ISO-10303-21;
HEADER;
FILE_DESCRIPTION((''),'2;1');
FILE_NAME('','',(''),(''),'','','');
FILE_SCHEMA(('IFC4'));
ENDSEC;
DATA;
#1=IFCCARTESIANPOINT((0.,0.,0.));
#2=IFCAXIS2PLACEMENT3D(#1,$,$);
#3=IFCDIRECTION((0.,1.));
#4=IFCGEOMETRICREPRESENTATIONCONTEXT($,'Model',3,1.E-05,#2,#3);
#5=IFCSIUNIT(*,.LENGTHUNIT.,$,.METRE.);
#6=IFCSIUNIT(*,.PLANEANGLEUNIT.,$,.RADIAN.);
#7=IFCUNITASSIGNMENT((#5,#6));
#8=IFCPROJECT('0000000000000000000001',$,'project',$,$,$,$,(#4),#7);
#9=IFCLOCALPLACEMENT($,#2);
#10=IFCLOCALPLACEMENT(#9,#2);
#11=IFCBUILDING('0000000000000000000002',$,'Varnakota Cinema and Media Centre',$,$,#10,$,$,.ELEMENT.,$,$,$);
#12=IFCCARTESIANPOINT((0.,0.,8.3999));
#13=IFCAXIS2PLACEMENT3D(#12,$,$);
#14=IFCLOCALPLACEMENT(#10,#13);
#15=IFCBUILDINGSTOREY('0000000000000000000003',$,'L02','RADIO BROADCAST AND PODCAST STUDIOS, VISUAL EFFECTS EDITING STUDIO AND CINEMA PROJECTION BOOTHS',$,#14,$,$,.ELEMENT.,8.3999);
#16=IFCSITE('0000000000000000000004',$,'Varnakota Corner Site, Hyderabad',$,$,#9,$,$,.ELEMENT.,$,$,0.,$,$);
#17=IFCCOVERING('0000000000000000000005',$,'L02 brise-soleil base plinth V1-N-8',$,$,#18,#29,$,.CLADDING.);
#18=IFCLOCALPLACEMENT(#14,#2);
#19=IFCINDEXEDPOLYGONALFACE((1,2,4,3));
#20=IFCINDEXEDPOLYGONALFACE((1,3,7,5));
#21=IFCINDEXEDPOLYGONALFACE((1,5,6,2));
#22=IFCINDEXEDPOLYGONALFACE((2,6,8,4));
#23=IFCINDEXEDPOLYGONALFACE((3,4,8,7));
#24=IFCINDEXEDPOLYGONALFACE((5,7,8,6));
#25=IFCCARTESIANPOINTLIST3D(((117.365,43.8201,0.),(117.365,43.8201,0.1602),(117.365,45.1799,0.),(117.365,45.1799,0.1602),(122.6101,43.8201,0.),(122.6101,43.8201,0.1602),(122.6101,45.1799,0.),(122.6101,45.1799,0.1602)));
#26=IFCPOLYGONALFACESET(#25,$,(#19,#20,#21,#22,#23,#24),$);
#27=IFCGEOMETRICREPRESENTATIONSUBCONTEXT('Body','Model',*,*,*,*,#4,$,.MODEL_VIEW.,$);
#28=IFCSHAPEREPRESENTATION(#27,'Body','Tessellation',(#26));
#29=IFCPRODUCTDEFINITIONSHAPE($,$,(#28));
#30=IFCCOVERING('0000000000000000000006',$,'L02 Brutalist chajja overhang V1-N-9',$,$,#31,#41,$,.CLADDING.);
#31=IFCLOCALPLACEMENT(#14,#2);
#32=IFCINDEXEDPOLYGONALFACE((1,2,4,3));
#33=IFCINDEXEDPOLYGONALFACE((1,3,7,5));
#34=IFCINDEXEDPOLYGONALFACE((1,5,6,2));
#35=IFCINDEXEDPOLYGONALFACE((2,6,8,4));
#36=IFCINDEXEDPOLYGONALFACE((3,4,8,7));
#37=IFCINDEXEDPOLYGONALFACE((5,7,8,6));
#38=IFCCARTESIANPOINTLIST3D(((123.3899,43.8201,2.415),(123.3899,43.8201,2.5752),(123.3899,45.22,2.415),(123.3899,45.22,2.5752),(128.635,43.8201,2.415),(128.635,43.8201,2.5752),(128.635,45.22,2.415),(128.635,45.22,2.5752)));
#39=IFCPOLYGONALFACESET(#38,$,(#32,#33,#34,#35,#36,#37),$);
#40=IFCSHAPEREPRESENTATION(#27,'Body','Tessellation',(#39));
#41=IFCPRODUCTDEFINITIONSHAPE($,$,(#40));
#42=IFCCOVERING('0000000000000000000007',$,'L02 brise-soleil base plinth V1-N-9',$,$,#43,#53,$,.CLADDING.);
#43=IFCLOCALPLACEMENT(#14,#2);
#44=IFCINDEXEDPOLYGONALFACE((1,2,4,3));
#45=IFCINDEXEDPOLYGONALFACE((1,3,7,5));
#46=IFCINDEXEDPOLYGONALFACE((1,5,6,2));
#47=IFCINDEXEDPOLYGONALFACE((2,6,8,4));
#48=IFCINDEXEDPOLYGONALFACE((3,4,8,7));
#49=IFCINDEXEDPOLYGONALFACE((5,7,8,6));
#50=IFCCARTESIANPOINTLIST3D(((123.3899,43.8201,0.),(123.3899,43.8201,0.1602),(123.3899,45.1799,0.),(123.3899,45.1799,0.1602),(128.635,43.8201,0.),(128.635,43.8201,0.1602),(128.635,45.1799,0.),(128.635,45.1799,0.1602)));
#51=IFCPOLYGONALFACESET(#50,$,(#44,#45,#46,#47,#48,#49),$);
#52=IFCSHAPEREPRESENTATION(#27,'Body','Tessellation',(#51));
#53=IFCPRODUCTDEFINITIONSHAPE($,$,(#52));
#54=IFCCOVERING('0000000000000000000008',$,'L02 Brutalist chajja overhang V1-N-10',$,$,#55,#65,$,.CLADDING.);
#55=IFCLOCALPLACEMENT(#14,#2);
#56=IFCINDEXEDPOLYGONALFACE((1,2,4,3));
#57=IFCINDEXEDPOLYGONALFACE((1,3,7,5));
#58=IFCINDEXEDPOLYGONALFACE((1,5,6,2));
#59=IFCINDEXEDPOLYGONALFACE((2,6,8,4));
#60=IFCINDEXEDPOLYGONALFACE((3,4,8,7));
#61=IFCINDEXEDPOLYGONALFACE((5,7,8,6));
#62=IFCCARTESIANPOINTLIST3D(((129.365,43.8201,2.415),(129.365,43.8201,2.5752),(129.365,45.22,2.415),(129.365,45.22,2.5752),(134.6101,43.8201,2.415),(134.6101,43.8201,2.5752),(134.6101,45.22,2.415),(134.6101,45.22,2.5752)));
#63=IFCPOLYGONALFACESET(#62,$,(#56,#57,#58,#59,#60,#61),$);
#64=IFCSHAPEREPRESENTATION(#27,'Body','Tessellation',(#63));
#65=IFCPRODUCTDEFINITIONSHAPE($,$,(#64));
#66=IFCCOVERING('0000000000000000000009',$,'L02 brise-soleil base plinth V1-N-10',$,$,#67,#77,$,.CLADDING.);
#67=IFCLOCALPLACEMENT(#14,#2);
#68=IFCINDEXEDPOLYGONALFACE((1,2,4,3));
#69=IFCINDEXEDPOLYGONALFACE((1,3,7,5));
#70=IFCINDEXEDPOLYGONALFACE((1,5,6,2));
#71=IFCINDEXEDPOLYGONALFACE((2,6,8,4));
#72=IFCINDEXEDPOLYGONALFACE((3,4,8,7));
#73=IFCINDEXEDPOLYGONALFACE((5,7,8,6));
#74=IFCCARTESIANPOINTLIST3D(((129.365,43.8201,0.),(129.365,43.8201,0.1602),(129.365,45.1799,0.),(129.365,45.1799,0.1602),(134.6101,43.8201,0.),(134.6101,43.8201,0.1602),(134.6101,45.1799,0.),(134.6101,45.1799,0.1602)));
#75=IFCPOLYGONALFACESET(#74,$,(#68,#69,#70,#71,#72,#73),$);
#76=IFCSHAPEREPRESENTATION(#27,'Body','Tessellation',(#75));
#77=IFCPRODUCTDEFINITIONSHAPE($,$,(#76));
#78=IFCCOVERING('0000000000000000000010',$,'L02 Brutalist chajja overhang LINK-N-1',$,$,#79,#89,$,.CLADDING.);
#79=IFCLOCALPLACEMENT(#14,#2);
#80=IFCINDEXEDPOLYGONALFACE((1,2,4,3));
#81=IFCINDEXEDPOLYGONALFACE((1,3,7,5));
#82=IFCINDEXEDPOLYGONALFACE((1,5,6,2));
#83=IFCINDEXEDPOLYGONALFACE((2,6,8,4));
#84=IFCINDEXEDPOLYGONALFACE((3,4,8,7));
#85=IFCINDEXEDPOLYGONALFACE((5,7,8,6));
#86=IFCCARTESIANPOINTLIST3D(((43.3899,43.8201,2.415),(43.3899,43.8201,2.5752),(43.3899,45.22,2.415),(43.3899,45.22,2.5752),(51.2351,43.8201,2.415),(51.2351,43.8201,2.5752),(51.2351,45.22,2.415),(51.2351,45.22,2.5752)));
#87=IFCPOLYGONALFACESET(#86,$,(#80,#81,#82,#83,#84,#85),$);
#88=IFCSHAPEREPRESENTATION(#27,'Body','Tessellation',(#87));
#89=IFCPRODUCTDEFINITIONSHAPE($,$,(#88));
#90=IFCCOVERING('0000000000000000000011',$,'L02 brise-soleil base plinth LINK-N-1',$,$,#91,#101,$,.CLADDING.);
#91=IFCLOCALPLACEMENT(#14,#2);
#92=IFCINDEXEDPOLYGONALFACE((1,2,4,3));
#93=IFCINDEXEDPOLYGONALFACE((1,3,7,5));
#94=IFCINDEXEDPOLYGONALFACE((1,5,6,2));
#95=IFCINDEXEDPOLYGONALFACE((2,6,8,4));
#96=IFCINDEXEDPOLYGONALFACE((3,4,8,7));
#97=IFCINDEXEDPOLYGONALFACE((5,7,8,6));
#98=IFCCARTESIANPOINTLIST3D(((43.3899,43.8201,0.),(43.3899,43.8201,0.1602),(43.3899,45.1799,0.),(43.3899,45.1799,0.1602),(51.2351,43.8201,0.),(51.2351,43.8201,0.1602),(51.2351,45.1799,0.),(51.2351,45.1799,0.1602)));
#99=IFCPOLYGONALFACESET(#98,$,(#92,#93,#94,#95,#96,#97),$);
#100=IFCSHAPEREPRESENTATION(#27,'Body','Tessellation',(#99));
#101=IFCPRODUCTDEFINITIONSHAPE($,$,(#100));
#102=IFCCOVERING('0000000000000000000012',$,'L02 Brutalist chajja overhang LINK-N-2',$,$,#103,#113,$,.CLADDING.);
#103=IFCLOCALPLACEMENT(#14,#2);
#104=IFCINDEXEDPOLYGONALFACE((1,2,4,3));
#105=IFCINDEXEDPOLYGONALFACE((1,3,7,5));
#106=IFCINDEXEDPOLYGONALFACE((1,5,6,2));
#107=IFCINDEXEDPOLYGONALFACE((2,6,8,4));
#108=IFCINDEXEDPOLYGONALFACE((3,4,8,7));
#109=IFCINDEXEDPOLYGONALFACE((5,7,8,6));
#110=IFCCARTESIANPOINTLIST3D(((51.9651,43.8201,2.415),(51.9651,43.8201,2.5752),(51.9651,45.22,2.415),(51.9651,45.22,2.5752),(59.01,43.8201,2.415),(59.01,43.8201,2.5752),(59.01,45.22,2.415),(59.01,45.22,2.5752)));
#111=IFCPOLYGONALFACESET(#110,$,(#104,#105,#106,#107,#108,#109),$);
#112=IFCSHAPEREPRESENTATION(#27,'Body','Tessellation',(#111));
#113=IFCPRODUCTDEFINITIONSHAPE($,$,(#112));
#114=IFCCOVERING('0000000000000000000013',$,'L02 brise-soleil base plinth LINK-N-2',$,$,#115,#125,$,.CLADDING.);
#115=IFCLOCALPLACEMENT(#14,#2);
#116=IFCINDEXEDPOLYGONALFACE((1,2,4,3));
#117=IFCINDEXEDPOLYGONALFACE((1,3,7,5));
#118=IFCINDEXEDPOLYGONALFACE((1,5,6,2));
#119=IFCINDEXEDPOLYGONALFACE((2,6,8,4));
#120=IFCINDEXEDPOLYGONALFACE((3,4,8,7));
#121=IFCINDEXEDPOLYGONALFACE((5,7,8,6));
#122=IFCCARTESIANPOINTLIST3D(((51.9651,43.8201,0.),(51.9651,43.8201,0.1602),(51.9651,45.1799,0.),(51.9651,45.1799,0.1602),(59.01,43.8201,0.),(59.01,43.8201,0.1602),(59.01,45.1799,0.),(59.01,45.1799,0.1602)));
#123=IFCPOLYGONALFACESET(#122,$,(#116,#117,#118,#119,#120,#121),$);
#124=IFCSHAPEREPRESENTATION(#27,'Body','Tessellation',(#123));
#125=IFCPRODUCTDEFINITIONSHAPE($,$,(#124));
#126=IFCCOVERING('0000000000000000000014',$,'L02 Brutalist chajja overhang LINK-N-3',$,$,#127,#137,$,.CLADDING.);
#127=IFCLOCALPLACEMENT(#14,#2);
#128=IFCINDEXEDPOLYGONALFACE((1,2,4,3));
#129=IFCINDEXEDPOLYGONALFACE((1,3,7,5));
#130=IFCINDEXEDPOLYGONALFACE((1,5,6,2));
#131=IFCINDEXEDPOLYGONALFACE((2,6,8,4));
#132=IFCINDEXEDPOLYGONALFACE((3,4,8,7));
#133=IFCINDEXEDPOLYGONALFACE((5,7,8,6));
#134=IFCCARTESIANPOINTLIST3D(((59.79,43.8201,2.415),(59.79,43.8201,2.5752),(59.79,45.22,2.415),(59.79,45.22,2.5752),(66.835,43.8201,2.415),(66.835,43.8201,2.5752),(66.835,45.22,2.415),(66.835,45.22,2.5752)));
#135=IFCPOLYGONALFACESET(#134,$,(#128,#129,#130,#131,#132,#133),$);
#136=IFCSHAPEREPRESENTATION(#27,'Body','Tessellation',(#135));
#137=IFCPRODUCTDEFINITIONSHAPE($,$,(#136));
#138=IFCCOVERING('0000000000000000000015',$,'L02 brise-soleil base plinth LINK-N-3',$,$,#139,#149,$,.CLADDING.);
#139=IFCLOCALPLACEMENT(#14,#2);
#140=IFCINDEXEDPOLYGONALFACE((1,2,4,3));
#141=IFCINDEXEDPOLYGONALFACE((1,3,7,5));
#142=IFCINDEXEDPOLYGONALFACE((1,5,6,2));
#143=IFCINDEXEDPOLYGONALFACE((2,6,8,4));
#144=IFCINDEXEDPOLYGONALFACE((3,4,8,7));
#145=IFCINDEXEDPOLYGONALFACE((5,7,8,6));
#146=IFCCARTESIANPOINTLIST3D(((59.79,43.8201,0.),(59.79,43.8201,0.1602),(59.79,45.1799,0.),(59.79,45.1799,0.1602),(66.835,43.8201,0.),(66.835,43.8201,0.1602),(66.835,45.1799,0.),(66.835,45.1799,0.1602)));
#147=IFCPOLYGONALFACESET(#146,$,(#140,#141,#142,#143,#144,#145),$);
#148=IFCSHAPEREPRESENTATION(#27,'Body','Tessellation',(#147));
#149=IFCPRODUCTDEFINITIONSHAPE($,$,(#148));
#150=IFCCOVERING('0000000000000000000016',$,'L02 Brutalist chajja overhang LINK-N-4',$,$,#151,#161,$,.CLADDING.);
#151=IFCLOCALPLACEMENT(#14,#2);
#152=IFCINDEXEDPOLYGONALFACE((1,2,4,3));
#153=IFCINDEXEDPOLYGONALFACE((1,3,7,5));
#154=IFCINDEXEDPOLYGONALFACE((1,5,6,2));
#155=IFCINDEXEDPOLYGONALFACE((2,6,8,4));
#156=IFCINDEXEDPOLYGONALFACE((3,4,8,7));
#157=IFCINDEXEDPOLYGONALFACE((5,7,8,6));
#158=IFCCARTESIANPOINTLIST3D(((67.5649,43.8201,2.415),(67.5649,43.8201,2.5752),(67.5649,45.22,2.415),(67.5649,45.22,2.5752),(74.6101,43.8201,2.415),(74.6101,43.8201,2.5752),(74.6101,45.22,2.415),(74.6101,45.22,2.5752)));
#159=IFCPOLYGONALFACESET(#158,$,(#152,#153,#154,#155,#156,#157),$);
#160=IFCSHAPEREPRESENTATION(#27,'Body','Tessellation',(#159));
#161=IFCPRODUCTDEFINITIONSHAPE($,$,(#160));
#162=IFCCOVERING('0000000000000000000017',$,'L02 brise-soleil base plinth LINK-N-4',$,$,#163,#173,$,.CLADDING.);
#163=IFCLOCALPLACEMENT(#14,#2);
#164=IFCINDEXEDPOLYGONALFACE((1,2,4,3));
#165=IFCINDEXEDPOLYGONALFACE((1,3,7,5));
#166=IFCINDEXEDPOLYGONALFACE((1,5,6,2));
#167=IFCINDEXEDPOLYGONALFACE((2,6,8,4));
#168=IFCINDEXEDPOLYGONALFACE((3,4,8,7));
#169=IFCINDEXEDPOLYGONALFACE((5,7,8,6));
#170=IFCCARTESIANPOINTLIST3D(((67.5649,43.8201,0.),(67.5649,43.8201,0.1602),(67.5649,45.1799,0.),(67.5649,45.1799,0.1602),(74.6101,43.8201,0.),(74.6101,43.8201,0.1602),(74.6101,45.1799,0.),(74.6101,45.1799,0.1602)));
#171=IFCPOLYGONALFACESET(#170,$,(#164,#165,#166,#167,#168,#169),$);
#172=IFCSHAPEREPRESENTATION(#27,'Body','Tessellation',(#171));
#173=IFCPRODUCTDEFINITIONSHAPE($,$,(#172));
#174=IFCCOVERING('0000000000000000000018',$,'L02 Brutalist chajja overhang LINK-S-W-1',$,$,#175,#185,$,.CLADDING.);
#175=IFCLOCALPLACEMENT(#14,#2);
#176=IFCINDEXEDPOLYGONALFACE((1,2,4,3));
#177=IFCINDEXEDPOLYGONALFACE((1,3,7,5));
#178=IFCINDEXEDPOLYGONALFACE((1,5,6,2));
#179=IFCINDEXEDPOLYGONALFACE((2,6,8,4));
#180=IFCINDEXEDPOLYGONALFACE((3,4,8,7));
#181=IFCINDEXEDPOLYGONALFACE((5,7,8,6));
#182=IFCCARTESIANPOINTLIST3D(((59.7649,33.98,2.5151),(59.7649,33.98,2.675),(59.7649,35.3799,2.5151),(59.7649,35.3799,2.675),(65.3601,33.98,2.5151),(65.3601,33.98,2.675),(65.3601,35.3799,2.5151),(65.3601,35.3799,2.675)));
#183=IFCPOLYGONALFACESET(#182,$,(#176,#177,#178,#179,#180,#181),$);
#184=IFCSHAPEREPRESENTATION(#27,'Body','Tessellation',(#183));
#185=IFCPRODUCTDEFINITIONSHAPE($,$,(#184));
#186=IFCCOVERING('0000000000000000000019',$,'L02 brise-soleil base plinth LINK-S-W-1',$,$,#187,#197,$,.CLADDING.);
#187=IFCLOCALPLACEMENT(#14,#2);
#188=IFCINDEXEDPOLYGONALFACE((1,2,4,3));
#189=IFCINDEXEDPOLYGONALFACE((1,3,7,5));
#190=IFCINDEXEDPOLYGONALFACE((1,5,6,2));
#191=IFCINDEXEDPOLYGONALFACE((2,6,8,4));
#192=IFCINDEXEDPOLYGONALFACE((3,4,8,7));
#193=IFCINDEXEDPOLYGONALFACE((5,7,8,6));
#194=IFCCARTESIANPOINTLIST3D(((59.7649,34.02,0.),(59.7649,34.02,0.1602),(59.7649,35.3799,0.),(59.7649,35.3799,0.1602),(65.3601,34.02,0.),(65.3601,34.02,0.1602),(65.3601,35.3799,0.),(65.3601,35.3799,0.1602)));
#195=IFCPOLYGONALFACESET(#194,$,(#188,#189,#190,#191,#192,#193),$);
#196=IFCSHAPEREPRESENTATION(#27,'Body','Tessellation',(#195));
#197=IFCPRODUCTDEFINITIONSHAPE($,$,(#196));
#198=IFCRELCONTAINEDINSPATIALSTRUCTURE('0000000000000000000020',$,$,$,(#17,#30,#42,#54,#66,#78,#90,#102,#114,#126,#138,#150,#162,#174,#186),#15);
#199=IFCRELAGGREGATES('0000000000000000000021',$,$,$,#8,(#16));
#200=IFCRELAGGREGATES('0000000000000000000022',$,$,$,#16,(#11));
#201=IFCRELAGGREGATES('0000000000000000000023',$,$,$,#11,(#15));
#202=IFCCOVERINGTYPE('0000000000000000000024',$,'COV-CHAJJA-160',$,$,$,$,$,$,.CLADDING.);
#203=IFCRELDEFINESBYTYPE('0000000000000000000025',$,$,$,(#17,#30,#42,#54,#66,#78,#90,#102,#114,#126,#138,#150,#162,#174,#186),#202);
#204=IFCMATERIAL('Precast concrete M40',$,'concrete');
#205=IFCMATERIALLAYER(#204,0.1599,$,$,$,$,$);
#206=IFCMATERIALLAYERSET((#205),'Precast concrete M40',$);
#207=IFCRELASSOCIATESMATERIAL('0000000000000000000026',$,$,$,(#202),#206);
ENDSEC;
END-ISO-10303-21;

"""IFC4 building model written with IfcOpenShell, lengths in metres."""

from ifc_helpers import new_model, si_unit, direction, frame, origin, place, context, subcontext, project, spatial, polyline, outline, extrude, material, layer, layer_set, type_object, element, save


model = new_model("IFC4")

# Units and contexts
model_context = context("Model", 3, precision=1e-05, world=origin(), true_north=direction((0.0, 1.0)))
body_context = subcontext(model_context, "Body", "Model", "MODEL_VIEW")
ifc_project = project(units=[si_unit("LENGTHUNIT", "METRE"), si_unit("PLANEANGLEUNIT", "RADIAN")], contexts=[model_context])

# Site, building, storey
site_placement = place(None, origin())
site = spatial("IfcSite", under=ifc_project, at=site_placement, Name="Varnakota Corner Site, Hyderabad", CompositionType="ELEMENT", RefElevation=0.0)
building_placement = place(site_placement, origin())
building = spatial("IfcBuilding", under=site, at=building_placement, Name="Varnakota Cinema and Media Centre", CompositionType="ELEMENT")
storey_placement = place(building_placement, frame((0.0, 0.0, 8.3999)))
storey = spatial("IfcBuildingStorey", under=building, at=storey_placement, Name="L02", Description="RADIO BROADCAST AND PODCAST STUDIOS, VISUAL EFFECTS EDITING STUDIO AND CINEMA PROJECTION BOOTHS", CompositionType="ELEMENT", Elevation=8.3999)

# Coverings
ifc_material_1 = material(Name="Precast concrete M40", Category="concrete")
ifc_layer_1 = layer(ifc_material_1, 0.1599)
ifc_layer_set_1 = layer_set([ifc_layer_1], Name="Precast concrete M40")
covering_type_1 = type_object("IfcCoveringType", Name="COV-CHAJJA-160", PredefinedType="CLADDING", material=ifc_layer_set_1)
covering_1_placement = place(storey_placement, origin())
element("IfcCovering", 1, at=covering_1_placement, inside=storey, type_object=covering_type_1, Name="L02 brise-soleil base plinth V1-N-8", PredefinedType="CLADDING", context=body_context, shape_type="SweptSolid", body=[
    extrude(outline(polyline([(117.365, 43.8201), (122.6101, 43.8201), (122.6101, 45.1799), (117.365, 45.1799), (117.365, 43.8201)])), origin(), (0.0, 0.0, 1.0), 0.1602),
])
covering_2_placement = place(storey_placement, frame((0.0, 0.0, 2.415)))
element("IfcCovering", 2, at=covering_2_placement, inside=storey, type_object=covering_type_1, Name="L02 Brutalist chajja overhang V1-N-9", PredefinedType="CLADDING", context=body_context, shape_type="SweptSolid", body=[
    extrude(outline(polyline([(123.3899, 43.8201), (128.635, 43.8201), (128.635, 45.22), (123.3899, 45.22), (123.3899, 43.8201)])), origin(), (0.0, 0.0, 1.0), 0.1602),
])
covering_3_placement = place(storey_placement, origin())
element("IfcCovering", 3, at=covering_3_placement, inside=storey, type_object=covering_type_1, Name="L02 brise-soleil base plinth V1-N-9", PredefinedType="CLADDING", context=body_context, shape_type="SweptSolid", body=[
    extrude(outline(polyline([(123.3899, 43.8201), (128.635, 43.8201), (128.635, 45.1799), (123.3899, 45.1799), (123.3899, 43.8201)])), origin(), (0.0, 0.0, 1.0), 0.1602),
])
covering_4_placement = place(storey_placement, frame((0.0, 0.0, 2.415)))
element("IfcCovering", 4, at=covering_4_placement, inside=storey, type_object=covering_type_1, Name="L02 Brutalist chajja overhang V1-N-10", PredefinedType="CLADDING", context=body_context, shape_type="SweptSolid", body=[
    extrude(outline(polyline([(129.365, 43.8201), (134.6101, 43.8201), (134.6101, 45.22), (129.365, 45.22), (129.365, 43.8201)])), origin(), (0.0, 0.0, 1.0), 0.1602),
])
covering_5_placement = place(storey_placement, origin())
element("IfcCovering", 5, at=covering_5_placement, inside=storey, type_object=covering_type_1, Name="L02 brise-soleil base plinth V1-N-10", PredefinedType="CLADDING", context=body_context, shape_type="SweptSolid", body=[
    extrude(outline(polyline([(129.365, 43.8201), (134.6101, 43.8201), (134.6101, 45.1799), (129.365, 45.1799), (129.365, 43.8201)])), origin(), (0.0, 0.0, 1.0), 0.1602),
])
covering_6_placement = place(storey_placement, frame((0.0, 0.0, 2.415)))
element("IfcCovering", 6, at=covering_6_placement, inside=storey, type_object=covering_type_1, Name="L02 Brutalist chajja overhang LINK-N-1", PredefinedType="CLADDING", context=body_context, shape_type="SweptSolid", body=[
    extrude(outline(polyline([(43.3899, 43.8201), (51.2351, 43.8201), (51.2351, 45.22), (43.3899, 45.22), (43.3899, 43.8201)])), origin(), (0.0, 0.0, 1.0), 0.1602),
])
covering_7_placement = place(storey_placement, origin())
element("IfcCovering", 7, at=covering_7_placement, inside=storey, type_object=covering_type_1, Name="L02 brise-soleil base plinth LINK-N-1", PredefinedType="CLADDING", context=body_context, shape_type="SweptSolid", body=[
    extrude(outline(polyline([(43.3899, 43.8201), (51.2351, 43.8201), (51.2351, 45.1799), (43.3899, 45.1799), (43.3899, 43.8201)])), origin(), (0.0, 0.0, 1.0), 0.1602),
])
covering_8_placement = place(storey_placement, frame((0.0, 0.0, 2.415)))
element("IfcCovering", 8, at=covering_8_placement, inside=storey, type_object=covering_type_1, Name="L02 Brutalist chajja overhang LINK-N-2", PredefinedType="CLADDING", context=body_context, shape_type="SweptSolid", body=[
    extrude(outline(polyline([(51.9651, 43.8201), (59.01, 43.8201), (59.01, 45.22), (51.9651, 45.22), (51.9651, 43.8201)])), origin(), (0.0, 0.0, 1.0), 0.1602),
])
covering_9_placement = place(storey_placement, origin())
element("IfcCovering", 9, at=covering_9_placement, inside=storey, type_object=covering_type_1, Name="L02 brise-soleil base plinth LINK-N-2", PredefinedType="CLADDING", context=body_context, shape_type="SweptSolid", body=[
    extrude(outline(polyline([(51.9651, 43.8201), (59.01, 43.8201), (59.01, 45.1799), (51.9651, 45.1799), (51.9651, 43.8201)])), origin(), (0.0, 0.0, 1.0), 0.1602),
])
covering_10_placement = place(storey_placement, frame((0.0, 0.0, 2.415)))
element("IfcCovering", 10, at=covering_10_placement, inside=storey, type_object=covering_type_1, Name="L02 Brutalist chajja overhang LINK-N-3", PredefinedType="CLADDING", context=body_context, shape_type="SweptSolid", body=[
    extrude(outline(polyline([(59.79, 43.8201), (66.835, 43.8201), (66.835, 45.22), (59.79, 45.22), (59.79, 43.8201)])), origin(), (0.0, 0.0, 1.0), 0.1602),
])
covering_11_placement = place(storey_placement, origin())
element("IfcCovering", 11, at=covering_11_placement, inside=storey, type_object=covering_type_1, Name="L02 brise-soleil base plinth LINK-N-3", PredefinedType="CLADDING", context=body_context, shape_type="SweptSolid", body=[
    extrude(outline(polyline([(59.79, 43.8201), (66.835, 43.8201), (66.835, 45.1799), (59.79, 45.1799), (59.79, 43.8201)])), origin(), (0.0, 0.0, 1.0), 0.1602),
])
covering_12_placement = place(storey_placement, frame((0.0, 0.0, 2.415)))
element("IfcCovering", 12, at=covering_12_placement, inside=storey, type_object=covering_type_1, Name="L02 Brutalist chajja overhang LINK-N-4", PredefinedType="CLADDING", context=body_context, shape_type="SweptSolid", body=[
    extrude(outline(polyline([(67.5649, 43.8201), (74.6101, 43.8201), (74.6101, 45.22), (67.5649, 45.22), (67.5649, 43.8201)])), origin(), (0.0, 0.0, 1.0), 0.1602),
])
covering_13_placement = place(storey_placement, origin())
element("IfcCovering", 13, at=covering_13_placement, inside=storey, type_object=covering_type_1, Name="L02 brise-soleil base plinth LINK-N-4", PredefinedType="CLADDING", context=body_context, shape_type="SweptSolid", body=[
    extrude(outline(polyline([(67.5649, 43.8201), (74.6101, 43.8201), (74.6101, 45.1799), (67.5649, 45.1799), (67.5649, 43.8201)])), origin(), (0.0, 0.0, 1.0), 0.1602),
])
covering_14_placement = place(storey_placement, frame((0.0, 0.0, 2.5151)))
element("IfcCovering", 14, at=covering_14_placement, inside=storey, type_object=covering_type_1, Name="L02 Brutalist chajja overhang LINK-S-W-1", PredefinedType="CLADDING", context=body_context, shape_type="SweptSolid", body=[
    extrude(outline(polyline([(65.3601, 35.3799), (59.7649, 35.3799), (59.7649, 33.98), (65.3601, 33.98), (65.3601, 35.3799)])), origin(), (0.0, 0.0, 1.0), 0.1599),
])
covering_15_placement = place(storey_placement, origin())
element("IfcCovering", 15, at=covering_15_placement, inside=storey, type_object=covering_type_1, Name="L02 brise-soleil base plinth LINK-S-W-1", PredefinedType="CLADDING", context=body_context, shape_type="SweptSolid", body=[
    extrude(outline(polyline([(65.3601, 35.3799), (59.7649, 35.3799), (59.7649, 34.02), (65.3601, 34.02), (65.3601, 35.3799)])), origin(), (0.0, 0.0, 1.0), 0.1602),
])

save(model, "model.ifc")
